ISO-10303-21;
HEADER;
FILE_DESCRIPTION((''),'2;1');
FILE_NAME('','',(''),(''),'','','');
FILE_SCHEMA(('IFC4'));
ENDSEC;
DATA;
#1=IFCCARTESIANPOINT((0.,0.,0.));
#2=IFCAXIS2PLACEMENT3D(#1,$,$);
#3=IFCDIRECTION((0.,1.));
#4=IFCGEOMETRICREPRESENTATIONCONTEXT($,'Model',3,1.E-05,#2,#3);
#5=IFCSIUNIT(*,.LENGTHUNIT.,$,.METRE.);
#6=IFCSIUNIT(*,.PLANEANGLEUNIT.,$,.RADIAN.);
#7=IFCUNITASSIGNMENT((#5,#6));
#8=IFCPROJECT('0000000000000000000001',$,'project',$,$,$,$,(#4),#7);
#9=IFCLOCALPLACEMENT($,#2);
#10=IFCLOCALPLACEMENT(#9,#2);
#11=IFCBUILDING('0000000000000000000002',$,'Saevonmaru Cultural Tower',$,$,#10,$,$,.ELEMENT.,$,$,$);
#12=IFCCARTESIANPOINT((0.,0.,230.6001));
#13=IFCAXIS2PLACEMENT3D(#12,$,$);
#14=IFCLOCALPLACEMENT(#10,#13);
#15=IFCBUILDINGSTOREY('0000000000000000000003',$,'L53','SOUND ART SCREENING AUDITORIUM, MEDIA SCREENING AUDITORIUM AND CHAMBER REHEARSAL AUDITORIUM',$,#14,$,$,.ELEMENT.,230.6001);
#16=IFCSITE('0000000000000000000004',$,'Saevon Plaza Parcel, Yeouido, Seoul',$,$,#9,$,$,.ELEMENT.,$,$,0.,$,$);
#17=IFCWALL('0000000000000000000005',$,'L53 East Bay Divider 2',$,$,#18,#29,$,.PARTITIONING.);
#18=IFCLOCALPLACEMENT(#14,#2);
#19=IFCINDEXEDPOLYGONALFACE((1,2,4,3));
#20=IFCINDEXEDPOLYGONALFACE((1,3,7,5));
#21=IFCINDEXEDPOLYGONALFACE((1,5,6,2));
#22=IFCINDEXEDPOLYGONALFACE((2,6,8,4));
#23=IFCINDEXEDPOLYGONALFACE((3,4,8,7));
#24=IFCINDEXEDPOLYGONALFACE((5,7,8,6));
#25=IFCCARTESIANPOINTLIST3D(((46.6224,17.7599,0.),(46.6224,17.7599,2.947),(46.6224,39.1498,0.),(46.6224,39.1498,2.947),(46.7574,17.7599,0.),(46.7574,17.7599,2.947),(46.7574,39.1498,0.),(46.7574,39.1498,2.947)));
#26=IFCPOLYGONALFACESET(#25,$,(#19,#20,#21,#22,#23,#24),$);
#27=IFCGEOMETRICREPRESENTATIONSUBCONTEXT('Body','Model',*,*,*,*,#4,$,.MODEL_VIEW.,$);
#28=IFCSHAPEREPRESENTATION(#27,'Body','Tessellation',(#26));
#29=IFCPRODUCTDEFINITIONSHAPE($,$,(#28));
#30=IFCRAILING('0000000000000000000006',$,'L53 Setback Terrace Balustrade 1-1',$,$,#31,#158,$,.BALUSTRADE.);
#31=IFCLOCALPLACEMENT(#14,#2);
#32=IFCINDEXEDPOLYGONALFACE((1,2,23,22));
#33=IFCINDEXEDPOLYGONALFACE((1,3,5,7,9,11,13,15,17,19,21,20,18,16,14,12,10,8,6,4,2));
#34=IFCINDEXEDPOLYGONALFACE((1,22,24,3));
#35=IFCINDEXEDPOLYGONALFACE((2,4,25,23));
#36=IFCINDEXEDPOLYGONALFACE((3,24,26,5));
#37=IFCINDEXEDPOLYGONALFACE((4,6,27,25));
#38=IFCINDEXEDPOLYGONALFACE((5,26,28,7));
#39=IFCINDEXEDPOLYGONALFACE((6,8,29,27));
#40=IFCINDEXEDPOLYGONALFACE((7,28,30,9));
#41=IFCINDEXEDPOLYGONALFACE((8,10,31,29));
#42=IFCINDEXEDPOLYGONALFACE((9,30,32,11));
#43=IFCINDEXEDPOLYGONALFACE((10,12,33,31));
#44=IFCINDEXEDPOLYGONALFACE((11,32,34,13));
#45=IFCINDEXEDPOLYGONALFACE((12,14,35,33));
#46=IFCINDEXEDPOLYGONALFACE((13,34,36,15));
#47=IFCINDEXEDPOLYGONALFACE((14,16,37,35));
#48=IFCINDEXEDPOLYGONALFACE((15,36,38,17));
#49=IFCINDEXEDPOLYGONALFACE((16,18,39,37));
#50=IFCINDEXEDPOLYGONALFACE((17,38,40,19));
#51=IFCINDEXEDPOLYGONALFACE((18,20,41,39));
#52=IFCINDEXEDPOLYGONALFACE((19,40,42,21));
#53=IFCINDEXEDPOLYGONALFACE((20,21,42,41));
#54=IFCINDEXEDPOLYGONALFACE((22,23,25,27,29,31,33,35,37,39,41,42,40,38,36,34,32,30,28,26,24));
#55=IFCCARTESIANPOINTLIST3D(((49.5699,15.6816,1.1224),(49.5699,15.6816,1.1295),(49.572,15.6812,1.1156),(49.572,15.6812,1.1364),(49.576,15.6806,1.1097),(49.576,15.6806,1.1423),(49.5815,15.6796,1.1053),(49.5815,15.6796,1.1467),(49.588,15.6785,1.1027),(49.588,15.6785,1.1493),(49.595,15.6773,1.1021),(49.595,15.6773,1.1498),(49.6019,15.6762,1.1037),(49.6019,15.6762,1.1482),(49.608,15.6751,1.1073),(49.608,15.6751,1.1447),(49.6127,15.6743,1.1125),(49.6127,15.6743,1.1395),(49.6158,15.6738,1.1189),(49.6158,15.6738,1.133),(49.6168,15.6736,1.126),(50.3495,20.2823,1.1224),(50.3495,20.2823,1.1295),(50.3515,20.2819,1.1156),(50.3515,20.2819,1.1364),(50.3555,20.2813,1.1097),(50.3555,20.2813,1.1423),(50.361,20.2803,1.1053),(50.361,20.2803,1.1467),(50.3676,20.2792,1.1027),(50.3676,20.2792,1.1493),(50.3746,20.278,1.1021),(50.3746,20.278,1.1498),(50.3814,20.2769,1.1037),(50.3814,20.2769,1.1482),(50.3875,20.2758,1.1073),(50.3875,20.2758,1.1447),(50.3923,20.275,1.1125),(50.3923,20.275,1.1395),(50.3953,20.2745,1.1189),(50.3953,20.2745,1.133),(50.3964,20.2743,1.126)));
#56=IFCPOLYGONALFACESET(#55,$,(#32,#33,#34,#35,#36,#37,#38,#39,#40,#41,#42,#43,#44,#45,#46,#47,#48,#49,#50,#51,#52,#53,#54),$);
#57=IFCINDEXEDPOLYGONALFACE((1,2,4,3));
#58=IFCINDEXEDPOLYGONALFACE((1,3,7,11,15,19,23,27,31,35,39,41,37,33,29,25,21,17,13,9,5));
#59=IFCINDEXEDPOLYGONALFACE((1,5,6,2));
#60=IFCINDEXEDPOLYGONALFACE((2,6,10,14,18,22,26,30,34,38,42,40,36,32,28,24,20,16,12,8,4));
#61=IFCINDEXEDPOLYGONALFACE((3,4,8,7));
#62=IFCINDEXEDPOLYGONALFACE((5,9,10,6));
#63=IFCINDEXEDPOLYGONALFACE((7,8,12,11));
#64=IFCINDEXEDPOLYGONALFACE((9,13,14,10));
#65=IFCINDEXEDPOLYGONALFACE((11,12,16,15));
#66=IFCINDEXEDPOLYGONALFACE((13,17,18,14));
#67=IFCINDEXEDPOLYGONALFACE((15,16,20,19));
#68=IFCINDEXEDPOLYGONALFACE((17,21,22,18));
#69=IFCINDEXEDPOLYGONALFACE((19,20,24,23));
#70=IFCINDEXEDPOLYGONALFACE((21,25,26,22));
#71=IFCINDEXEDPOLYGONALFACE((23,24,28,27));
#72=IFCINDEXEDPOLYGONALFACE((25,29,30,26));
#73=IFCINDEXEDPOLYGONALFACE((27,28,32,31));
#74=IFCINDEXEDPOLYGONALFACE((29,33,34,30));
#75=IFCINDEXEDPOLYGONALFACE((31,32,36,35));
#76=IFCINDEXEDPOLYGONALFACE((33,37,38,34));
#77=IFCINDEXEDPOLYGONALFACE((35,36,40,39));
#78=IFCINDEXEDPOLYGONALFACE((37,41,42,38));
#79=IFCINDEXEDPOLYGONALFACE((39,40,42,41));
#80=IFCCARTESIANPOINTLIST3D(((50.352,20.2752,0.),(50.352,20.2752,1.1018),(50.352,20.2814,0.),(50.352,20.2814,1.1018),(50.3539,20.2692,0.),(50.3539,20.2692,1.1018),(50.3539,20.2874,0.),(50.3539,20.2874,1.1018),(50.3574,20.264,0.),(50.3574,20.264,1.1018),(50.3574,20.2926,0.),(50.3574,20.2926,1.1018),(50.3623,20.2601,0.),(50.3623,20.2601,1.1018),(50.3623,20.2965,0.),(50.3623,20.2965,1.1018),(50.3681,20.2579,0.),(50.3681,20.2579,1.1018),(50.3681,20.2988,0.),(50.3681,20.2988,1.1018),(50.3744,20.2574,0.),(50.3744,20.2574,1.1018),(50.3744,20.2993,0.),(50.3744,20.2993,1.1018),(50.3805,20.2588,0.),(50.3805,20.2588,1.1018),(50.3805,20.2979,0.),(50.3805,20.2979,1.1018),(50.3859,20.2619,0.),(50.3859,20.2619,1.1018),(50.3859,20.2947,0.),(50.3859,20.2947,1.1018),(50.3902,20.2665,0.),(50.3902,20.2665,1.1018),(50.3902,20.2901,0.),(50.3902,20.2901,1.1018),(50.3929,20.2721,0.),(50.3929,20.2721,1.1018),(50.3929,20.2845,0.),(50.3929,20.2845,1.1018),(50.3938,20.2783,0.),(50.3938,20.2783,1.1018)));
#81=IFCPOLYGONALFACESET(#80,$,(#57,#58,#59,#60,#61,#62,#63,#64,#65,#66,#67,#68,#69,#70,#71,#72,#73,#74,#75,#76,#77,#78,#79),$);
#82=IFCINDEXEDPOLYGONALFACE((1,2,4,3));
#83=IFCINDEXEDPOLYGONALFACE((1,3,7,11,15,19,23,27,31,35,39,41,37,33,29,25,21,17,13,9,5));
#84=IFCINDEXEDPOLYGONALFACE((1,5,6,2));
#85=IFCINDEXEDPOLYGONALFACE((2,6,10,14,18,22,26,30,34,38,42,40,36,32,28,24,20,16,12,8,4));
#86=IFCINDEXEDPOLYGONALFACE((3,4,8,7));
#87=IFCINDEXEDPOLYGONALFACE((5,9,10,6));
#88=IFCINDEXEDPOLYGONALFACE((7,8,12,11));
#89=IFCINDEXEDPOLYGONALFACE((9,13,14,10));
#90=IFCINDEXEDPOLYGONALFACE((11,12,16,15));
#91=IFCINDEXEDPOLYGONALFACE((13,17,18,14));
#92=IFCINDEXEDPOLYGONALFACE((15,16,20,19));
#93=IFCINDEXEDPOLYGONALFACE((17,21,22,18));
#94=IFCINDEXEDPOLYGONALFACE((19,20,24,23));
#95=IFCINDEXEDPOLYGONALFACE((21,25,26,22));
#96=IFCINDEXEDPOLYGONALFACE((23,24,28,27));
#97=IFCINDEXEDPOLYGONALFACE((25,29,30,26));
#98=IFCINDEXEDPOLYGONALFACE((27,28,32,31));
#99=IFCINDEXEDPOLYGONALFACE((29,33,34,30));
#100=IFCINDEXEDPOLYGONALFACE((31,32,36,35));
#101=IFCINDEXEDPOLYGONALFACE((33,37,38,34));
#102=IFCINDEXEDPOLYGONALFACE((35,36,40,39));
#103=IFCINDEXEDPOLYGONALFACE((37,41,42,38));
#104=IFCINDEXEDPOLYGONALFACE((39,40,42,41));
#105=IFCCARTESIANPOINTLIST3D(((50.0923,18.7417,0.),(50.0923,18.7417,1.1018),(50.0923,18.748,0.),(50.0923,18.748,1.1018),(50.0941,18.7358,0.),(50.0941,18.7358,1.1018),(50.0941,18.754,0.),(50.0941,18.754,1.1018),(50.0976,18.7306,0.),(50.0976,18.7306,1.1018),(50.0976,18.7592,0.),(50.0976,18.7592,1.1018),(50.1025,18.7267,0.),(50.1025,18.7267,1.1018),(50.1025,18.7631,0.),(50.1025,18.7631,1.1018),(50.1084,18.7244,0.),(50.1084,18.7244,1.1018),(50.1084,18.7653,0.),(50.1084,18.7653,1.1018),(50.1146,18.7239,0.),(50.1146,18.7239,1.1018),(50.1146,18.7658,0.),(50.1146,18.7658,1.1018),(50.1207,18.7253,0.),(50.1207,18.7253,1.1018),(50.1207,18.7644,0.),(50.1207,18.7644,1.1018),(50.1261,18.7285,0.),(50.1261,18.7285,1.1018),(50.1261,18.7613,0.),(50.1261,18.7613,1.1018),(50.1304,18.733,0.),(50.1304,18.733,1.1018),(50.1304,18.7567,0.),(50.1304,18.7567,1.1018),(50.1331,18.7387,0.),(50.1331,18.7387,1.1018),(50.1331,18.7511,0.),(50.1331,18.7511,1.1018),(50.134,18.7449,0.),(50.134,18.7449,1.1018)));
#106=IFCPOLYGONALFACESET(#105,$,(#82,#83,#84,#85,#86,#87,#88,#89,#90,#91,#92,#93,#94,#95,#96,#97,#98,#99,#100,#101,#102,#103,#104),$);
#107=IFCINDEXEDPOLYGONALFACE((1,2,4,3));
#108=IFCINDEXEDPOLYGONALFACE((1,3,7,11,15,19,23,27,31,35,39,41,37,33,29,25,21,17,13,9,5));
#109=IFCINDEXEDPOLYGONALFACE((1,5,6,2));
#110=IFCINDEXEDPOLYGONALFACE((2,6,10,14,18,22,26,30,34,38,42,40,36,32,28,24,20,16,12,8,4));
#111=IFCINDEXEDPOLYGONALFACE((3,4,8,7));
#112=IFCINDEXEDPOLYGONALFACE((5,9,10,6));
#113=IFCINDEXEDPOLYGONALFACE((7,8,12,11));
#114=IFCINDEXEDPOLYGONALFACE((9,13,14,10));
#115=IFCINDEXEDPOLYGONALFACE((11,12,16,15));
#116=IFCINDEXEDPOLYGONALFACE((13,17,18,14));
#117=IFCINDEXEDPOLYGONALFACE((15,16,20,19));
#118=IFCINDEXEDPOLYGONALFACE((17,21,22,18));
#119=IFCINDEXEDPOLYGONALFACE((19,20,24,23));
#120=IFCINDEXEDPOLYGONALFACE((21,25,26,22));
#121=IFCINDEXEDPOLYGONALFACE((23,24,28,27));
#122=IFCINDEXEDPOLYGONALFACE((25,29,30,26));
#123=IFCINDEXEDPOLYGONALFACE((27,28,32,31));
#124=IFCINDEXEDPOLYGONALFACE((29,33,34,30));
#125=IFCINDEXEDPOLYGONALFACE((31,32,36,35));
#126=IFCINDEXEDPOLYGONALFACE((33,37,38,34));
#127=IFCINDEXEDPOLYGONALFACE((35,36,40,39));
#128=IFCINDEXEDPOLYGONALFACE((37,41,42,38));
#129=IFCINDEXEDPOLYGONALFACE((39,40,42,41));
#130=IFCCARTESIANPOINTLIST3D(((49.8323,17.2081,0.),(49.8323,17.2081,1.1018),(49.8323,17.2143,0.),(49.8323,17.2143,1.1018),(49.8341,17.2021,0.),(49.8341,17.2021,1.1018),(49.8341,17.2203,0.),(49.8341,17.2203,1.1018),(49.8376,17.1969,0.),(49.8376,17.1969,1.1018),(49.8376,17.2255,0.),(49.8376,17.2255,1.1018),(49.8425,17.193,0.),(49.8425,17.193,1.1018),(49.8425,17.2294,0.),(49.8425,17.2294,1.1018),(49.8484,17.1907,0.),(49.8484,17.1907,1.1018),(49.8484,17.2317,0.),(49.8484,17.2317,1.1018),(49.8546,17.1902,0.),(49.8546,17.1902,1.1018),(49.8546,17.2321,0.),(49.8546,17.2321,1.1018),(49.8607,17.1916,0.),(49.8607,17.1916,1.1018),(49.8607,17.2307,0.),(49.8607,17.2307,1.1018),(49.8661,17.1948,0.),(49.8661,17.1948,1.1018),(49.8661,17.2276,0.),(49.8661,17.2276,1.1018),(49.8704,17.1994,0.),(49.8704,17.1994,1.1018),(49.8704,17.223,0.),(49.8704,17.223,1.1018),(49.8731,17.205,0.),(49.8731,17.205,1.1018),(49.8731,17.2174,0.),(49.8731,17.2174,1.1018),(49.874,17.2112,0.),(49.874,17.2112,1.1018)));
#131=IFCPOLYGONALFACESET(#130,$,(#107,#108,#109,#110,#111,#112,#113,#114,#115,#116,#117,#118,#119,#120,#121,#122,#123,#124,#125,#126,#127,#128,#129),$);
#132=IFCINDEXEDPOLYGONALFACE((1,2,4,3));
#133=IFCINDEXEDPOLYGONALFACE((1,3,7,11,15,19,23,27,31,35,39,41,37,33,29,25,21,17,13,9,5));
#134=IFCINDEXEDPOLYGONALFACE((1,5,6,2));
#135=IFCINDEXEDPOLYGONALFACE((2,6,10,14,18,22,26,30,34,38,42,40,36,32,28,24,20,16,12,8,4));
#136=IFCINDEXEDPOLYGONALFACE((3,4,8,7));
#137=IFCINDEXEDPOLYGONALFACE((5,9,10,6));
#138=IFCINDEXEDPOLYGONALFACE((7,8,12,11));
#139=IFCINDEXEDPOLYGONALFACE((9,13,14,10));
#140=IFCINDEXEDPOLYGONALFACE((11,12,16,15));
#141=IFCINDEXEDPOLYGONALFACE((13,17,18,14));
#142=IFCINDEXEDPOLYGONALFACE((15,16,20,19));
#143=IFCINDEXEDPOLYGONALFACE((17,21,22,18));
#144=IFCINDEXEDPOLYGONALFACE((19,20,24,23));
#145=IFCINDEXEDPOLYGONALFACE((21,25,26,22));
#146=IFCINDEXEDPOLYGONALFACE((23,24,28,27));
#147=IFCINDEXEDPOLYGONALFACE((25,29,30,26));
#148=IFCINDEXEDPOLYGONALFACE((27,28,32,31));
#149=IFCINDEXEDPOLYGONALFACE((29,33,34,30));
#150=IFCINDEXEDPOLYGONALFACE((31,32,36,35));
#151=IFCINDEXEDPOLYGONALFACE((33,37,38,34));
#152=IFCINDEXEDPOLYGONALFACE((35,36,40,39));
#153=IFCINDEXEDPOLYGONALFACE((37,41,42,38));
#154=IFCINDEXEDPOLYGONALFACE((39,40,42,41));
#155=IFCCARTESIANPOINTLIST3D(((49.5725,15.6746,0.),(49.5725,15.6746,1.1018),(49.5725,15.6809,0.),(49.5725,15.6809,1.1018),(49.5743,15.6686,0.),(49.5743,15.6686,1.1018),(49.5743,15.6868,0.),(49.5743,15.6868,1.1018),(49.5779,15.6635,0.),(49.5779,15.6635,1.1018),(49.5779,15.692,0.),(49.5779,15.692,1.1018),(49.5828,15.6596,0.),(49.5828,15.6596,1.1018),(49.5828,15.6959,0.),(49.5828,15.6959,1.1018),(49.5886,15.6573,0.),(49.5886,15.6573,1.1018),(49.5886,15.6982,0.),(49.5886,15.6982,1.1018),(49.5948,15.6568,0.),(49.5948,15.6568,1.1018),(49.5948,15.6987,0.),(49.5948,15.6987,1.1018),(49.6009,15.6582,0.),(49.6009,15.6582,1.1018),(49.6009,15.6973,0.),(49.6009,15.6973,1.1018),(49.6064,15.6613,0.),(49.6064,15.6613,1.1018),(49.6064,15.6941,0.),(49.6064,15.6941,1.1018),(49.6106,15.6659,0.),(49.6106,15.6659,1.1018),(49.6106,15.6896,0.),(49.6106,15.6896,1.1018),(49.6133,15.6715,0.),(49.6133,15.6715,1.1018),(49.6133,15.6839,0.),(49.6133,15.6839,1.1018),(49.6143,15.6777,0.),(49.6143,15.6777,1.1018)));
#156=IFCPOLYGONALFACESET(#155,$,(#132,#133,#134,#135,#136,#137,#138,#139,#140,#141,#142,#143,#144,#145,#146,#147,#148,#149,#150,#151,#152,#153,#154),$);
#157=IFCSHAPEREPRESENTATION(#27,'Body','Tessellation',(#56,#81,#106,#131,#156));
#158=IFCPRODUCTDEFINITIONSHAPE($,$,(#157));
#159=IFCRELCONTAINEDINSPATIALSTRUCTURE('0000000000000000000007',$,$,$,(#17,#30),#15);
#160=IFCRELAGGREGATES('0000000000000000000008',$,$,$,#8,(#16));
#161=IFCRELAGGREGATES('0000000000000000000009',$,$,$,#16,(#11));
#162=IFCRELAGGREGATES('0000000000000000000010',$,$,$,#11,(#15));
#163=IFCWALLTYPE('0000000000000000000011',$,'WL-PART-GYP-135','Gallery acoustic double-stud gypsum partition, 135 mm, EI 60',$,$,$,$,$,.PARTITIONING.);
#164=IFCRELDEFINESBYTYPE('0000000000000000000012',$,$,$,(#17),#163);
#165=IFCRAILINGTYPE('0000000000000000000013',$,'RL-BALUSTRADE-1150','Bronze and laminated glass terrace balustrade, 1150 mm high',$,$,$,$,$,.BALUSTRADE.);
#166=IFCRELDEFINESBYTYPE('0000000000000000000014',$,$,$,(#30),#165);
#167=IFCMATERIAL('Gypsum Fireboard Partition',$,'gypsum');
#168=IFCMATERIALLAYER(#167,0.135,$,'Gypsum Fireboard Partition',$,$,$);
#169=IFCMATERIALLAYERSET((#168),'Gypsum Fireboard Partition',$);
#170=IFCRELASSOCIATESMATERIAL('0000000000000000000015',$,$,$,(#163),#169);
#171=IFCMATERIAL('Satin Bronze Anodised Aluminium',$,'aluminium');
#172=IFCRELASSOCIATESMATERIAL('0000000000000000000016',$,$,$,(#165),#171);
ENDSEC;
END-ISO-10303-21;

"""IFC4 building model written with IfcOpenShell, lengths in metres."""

from ifc_helpers import new_model, si_unit, direction, frame, frame_2d, origin, origin_2d, place, context, subcontext, project, spatial, rectangle, circle, extrude, material, layer, layer_set, type_object, element, save


model = new_model("IFC4")

# Units and contexts
model_context = context("Model", 3, precision=1e-05, world=origin(), true_north=direction((0.0, 1.0)))
body_context = subcontext(model_context, "Body", "Model", "MODEL_VIEW")
ifc_project = project(units=[si_unit("LENGTHUNIT", "METRE"), si_unit("PLANEANGLEUNIT", "RADIAN")], contexts=[model_context])

# Site, building, storey
site_placement = place(None, origin())
site = spatial("IfcSite", under=ifc_project, at=site_placement, Name="Saevon Plaza Parcel, Yeouido, Seoul", CompositionType="ELEMENT", RefElevation=0.0)
building_placement = place(site_placement, origin())
building = spatial("IfcBuilding", under=site, at=building_placement, Name="Saevonmaru Cultural Tower", CompositionType="ELEMENT")
storey_placement = place(building_placement, frame((0.0, 0.0, 230.6001)))
storey = spatial("IfcBuildingStorey", under=building, at=storey_placement, Name="L53", Description="SOUND ART SCREENING AUDITORIUM, MEDIA SCREENING AUDITORIUM AND CHAMBER REHEARSAL AUDITORIUM", CompositionType="ELEMENT", Elevation=230.6001)

# Shared definitions
ifc_material_1 = material(Name="Satin Bronze Anodised Aluminium", Category="aluminium")

# Wall
ifc_material_2 = material(Name="Gypsum Fireboard Partition", Category="gypsum")
ifc_layer_1 = layer(ifc_material_2, 0.135, Name="Gypsum Fireboard Partition")
ifc_layer_set_1 = layer_set([ifc_layer_1], Name="Gypsum Fireboard Partition")
wall_type_1 = type_object("IfcWallType", Name="WL-PART-GYP-135", Description="Gallery acoustic double-stud gypsum partition, 135 mm, EI 60", PredefinedType="PARTITIONING", material=ifc_layer_set_1)
for number, where, z_axis, x_axis, name in (
    (1, (46.6899, 17.76, 0.0), (0.0, 0.0, 1.0), (0.0, 1.0, 0.0), "L53 East Bay Divider 2"),
):
    element("IfcWall", number, at=place(storey_placement, frame(where, z_axis=z_axis, x_axis=x_axis)), inside=storey, type_object=wall_type_1, Name=name, PredefinedType="PARTITIONING", context=body_context, shape_type="SweptSolid", body=[
        extrude(rectangle(XDim=21.3899, YDim=0.135, at=frame_2d((10.6948, 0.0))), origin(), (0.0, 0.0, 1.0), 2.947),
    ])

# Railing
railing_type = type_object("IfcRailingType", Name="RL-BALUSTRADE-1150", Description="Bronze and laminated glass terrace balustrade, 1150 mm high", PredefinedType="BALUSTRADE", material=ifc_material_1)
railing_1_placement = place(storey_placement, frame((50.3728, 20.2783, 0.0)))
element("IfcRailing", 2, at=railing_1_placement, inside=storey, type_object=railing_type, Name="L53 Setback Terrace Balustrade 1-1", PredefinedType="BALUSTRADE", context=body_context, shape_type="SweptSolid", body=[
    extrude(circle(Radius=0.0239, at=origin_2d()), frame((0.0, 0.0, 1.126), z_axis=(-0.167063, -0.985946, 0.0), x_axis=(0.985946, -0.167063, 0.0)), (0.0, 0.0, 1.0), 4.6663),
    extrude(circle(Radius=0.021, at=origin_2d()), origin(), (0.0, 0.0, 1.0), 1.1018),
    extrude(circle(Radius=0.021, at=origin_2d()), frame((-0.2598, -1.5334, 0.0)), (0.0, 0.0, 1.0), 1.1018),
    extrude(circle(Radius=0.021, at=origin_2d()), frame((-0.5198, -3.0671, 0.0)), (0.0, 0.0, 1.0), 1.1018),
    extrude(circle(Radius=0.021, at=origin_2d()), frame((-0.7795, -4.6006, 0.0)), (0.0, 0.0, 1.0), 1.1018),
])

save(model, "model.ifc")
